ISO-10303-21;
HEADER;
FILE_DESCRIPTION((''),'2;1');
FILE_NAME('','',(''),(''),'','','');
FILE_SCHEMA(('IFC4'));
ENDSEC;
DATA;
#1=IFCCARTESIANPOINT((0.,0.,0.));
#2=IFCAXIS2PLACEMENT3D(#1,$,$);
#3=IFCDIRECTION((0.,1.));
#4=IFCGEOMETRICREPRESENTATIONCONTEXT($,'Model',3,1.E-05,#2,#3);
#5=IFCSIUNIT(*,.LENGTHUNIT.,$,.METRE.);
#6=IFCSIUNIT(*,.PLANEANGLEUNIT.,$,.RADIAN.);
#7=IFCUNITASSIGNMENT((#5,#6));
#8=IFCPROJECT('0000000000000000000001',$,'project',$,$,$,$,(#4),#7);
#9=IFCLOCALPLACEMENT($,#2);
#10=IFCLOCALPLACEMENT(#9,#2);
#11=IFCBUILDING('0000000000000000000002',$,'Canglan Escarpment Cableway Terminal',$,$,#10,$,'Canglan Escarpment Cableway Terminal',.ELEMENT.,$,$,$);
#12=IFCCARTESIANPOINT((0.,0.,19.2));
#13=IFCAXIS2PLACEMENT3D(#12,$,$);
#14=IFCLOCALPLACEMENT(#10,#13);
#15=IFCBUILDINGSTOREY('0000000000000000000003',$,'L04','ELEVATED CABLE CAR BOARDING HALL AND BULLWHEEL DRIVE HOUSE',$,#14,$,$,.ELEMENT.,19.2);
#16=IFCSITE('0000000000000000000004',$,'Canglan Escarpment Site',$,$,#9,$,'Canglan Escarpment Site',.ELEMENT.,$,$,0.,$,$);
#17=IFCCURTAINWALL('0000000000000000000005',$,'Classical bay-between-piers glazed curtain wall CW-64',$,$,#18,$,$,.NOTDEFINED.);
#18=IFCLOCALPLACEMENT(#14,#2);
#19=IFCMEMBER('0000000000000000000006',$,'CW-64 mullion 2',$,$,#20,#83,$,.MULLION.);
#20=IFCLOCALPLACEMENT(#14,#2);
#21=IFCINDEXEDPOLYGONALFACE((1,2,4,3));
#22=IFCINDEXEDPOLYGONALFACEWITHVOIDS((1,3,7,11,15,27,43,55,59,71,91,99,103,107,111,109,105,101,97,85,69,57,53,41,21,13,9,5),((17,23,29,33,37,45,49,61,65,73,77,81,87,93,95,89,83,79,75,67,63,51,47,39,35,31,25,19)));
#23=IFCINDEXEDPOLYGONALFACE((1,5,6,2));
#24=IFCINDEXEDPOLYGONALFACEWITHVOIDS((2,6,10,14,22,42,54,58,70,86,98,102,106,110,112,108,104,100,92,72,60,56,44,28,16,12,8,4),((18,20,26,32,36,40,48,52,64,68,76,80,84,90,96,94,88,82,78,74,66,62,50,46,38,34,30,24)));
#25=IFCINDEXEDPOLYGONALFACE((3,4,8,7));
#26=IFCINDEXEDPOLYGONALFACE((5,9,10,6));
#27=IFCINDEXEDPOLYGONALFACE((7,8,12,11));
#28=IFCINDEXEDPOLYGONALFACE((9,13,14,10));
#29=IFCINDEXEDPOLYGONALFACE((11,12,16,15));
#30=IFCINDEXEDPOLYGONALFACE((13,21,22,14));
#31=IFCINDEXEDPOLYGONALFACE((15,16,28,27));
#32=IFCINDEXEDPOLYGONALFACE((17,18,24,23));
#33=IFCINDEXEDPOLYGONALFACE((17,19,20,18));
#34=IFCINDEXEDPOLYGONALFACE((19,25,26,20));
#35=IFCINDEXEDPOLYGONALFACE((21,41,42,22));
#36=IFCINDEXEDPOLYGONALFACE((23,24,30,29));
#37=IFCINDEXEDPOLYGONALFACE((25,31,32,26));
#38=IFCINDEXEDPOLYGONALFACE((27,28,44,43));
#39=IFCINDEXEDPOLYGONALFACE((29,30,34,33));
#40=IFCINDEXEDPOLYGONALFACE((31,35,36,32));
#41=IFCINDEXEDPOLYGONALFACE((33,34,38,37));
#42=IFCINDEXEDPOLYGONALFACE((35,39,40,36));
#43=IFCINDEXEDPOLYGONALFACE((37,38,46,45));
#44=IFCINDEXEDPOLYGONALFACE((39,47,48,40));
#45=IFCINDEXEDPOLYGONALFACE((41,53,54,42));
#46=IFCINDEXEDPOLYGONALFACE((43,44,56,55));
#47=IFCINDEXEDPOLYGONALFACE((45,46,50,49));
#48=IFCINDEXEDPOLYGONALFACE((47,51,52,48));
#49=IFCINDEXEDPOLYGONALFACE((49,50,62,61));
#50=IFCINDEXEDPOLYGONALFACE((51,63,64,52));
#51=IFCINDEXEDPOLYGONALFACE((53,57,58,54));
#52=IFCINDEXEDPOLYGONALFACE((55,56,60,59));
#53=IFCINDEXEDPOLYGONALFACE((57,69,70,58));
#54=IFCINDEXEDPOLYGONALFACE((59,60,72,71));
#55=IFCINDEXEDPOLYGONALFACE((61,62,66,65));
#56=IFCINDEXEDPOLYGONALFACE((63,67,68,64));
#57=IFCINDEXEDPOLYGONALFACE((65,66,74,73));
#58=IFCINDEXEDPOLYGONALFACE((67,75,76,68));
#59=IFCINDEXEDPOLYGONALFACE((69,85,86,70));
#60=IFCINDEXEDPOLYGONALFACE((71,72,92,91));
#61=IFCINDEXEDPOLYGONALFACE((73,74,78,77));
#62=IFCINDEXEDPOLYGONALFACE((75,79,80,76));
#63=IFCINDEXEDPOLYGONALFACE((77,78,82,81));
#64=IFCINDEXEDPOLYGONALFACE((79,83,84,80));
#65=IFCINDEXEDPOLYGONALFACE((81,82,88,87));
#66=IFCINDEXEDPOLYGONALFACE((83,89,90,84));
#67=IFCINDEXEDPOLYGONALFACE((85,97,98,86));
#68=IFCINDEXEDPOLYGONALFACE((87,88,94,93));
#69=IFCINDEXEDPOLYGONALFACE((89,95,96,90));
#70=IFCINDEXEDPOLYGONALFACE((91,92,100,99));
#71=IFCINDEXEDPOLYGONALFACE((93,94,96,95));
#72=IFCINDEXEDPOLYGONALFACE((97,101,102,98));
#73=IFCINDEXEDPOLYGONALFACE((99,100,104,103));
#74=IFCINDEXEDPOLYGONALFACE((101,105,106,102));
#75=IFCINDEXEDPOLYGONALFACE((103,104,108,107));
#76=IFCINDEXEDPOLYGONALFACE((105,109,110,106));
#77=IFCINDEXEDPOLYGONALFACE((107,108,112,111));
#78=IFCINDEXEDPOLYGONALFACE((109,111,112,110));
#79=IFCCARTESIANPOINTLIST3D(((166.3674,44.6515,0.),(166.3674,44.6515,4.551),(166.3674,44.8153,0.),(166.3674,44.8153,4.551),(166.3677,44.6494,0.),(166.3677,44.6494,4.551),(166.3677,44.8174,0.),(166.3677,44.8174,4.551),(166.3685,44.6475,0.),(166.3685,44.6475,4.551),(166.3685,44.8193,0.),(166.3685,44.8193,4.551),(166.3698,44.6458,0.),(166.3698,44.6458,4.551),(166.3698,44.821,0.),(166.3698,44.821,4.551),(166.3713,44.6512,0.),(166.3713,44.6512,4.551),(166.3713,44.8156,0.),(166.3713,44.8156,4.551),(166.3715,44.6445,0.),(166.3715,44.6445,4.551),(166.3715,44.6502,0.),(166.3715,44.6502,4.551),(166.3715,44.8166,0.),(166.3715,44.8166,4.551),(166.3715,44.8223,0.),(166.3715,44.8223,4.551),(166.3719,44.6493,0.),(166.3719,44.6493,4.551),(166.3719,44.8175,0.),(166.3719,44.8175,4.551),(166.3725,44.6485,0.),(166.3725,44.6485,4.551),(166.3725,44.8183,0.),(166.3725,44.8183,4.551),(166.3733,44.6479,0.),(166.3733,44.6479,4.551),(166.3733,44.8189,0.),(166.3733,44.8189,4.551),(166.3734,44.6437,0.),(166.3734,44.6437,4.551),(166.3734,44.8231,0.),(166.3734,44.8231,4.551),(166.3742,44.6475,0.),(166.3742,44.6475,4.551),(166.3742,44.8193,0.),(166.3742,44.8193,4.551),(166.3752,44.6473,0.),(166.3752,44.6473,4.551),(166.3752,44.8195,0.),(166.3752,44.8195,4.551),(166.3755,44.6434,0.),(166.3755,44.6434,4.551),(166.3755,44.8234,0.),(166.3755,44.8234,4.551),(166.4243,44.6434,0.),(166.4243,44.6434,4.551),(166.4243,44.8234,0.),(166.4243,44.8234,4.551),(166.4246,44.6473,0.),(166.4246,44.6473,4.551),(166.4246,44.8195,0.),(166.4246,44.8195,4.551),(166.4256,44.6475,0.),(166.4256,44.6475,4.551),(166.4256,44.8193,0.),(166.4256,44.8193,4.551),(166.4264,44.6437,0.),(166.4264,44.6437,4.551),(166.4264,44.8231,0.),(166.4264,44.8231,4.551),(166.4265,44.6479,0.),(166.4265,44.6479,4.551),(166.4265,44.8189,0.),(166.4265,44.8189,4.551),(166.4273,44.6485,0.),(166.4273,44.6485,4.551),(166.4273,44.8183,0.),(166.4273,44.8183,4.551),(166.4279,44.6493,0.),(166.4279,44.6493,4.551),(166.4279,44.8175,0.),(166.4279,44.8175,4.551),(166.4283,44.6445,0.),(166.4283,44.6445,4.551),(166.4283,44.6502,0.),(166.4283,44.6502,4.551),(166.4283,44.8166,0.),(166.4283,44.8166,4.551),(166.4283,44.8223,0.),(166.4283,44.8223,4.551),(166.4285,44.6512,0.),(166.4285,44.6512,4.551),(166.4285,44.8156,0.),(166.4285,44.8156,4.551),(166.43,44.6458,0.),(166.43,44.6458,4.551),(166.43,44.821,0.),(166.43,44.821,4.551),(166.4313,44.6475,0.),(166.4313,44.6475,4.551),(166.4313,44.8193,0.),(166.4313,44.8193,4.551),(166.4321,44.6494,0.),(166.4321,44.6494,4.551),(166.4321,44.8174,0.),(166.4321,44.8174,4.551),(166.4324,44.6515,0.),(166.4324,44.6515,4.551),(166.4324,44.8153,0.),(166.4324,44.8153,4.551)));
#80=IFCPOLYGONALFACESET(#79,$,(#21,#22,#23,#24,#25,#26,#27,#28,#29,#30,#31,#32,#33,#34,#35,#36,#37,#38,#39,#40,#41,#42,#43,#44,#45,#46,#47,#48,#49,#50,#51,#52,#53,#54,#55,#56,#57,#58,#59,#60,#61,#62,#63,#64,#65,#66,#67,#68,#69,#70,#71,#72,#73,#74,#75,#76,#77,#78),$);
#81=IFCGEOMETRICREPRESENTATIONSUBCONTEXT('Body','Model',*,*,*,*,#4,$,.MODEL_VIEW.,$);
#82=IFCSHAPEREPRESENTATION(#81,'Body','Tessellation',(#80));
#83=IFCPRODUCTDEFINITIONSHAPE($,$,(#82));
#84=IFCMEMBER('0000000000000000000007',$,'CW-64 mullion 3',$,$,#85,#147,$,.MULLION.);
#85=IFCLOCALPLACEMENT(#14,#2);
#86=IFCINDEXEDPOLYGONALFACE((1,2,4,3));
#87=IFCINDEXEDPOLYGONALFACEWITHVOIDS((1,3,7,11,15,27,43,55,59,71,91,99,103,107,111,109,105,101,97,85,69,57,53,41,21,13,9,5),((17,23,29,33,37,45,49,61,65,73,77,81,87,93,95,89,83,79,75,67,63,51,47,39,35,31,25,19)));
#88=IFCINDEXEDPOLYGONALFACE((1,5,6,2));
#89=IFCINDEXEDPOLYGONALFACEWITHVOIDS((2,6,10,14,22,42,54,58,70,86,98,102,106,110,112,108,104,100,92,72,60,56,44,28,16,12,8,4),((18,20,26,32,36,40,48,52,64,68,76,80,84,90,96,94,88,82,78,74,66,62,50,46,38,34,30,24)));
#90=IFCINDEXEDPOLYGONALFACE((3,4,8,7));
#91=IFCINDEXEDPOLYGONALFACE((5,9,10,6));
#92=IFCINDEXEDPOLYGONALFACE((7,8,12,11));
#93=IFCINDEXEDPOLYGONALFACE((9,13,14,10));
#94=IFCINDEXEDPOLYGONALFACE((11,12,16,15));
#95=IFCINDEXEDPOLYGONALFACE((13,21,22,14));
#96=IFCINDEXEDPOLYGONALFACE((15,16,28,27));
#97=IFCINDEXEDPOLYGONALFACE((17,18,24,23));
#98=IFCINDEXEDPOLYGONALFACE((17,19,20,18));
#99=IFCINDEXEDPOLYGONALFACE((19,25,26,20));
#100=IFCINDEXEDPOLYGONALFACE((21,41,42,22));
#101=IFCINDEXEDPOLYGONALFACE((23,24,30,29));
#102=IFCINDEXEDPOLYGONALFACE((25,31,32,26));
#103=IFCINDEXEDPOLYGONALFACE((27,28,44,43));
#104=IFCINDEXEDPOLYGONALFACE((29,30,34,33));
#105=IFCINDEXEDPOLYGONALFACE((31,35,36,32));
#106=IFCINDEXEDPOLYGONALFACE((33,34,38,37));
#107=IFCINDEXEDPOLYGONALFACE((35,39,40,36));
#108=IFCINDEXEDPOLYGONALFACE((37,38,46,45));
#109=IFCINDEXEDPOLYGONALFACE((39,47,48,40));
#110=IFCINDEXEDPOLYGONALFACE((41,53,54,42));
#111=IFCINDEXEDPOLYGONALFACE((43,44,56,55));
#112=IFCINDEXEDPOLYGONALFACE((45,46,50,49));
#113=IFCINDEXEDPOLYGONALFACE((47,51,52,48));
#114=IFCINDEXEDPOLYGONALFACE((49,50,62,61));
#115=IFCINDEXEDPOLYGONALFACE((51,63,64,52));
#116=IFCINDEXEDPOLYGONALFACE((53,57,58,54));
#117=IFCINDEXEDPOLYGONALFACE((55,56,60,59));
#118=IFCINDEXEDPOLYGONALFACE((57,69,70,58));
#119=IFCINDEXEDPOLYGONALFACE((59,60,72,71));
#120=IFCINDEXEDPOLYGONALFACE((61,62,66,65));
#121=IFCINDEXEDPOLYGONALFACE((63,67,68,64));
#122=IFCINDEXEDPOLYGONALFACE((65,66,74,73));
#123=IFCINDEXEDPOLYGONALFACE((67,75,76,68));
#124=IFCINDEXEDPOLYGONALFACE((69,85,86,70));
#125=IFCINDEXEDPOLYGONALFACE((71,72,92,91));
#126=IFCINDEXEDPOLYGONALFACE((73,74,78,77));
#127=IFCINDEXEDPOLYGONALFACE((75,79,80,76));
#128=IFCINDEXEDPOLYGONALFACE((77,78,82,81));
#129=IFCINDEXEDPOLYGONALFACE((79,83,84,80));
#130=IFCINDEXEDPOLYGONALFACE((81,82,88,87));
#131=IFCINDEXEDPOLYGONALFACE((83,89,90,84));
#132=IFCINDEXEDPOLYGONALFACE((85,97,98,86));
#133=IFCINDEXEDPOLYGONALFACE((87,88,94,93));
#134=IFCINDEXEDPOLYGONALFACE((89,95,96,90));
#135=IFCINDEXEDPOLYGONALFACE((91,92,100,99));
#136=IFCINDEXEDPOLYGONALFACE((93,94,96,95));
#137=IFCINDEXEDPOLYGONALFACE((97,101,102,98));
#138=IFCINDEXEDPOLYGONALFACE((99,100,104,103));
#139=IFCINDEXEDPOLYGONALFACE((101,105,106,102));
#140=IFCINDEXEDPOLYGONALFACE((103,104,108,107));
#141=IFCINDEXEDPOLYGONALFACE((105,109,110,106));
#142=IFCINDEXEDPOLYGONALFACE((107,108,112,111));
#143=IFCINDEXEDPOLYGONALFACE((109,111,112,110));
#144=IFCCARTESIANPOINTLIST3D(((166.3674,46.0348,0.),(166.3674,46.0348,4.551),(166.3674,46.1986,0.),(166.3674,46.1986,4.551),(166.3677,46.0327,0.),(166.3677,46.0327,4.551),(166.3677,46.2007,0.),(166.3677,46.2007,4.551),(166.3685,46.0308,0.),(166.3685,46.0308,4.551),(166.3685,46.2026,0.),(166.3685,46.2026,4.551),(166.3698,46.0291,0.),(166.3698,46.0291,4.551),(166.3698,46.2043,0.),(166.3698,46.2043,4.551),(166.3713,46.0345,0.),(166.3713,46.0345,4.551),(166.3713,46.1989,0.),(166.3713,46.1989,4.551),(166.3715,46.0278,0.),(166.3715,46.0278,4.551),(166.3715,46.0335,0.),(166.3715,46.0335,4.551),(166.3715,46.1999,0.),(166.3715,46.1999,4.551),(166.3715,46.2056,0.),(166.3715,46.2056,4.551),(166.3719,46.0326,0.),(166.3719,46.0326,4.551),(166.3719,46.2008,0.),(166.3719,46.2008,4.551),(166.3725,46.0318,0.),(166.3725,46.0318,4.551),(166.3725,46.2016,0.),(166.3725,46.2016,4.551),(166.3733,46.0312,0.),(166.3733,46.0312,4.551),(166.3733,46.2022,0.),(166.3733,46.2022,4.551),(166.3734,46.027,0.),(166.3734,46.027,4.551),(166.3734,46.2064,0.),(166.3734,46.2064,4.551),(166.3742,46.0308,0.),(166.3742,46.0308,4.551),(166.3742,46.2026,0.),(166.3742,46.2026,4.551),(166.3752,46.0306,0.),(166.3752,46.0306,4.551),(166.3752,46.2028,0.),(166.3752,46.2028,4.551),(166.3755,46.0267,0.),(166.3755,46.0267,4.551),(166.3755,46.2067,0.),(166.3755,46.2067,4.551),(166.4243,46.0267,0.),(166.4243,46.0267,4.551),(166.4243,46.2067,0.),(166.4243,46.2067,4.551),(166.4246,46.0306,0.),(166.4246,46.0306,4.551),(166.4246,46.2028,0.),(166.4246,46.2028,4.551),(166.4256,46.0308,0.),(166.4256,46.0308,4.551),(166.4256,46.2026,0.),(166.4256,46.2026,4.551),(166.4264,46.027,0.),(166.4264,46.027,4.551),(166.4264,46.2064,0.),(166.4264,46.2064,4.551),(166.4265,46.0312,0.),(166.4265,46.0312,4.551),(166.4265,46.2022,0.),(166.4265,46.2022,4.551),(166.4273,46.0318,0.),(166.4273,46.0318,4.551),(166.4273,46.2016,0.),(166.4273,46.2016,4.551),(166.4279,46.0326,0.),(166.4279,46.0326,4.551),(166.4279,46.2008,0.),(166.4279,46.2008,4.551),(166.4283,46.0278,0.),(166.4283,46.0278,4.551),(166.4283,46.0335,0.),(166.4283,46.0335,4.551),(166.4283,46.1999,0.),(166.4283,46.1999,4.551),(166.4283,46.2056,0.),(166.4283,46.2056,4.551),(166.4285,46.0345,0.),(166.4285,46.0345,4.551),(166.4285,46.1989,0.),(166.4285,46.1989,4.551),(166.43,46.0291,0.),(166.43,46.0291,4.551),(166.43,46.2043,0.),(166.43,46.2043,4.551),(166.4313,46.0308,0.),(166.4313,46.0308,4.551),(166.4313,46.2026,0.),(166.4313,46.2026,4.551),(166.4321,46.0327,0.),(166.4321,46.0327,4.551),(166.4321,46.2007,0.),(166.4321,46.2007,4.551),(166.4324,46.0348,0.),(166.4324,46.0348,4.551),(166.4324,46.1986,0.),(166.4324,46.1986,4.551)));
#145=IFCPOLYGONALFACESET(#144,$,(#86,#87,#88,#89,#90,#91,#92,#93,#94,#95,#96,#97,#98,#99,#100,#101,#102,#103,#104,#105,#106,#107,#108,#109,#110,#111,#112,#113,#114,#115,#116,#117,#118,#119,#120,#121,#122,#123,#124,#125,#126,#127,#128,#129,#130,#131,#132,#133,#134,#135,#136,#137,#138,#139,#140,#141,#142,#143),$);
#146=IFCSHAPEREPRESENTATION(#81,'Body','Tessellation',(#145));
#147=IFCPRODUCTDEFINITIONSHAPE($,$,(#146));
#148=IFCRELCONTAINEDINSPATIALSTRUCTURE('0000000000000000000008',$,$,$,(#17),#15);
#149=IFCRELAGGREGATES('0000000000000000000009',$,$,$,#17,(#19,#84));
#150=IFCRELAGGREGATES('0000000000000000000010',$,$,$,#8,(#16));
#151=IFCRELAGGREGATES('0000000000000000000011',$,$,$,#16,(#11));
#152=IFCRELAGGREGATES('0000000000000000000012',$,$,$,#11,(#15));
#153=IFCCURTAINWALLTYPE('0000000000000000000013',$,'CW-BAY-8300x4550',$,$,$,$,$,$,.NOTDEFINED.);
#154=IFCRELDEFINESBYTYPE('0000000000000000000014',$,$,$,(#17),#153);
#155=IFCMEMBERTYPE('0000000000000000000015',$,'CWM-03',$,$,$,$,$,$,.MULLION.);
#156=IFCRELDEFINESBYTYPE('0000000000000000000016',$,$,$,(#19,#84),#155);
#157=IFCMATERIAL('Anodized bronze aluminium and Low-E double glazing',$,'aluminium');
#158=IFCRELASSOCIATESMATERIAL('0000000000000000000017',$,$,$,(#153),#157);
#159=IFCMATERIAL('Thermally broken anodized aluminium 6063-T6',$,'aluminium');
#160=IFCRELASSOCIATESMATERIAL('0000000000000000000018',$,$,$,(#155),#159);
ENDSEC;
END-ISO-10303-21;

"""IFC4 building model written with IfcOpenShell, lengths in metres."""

from ifc_helpers import new_model, si_unit, direction, frame, origin, origin_2d, place, context, subcontext, project, spatial, hollow_rectangle, extrude, material, material_profile, profile_set, type_object, element, aggregate, save


model = new_model("IFC4")

# Units and contexts
model_context = context("Model", 3, precision=1e-05, world=origin(), true_north=direction((0.0, 1.0)))
body_context = subcontext(model_context, "Body", "Model", "MODEL_VIEW")
ifc_project = project(units=[si_unit("LENGTHUNIT", "METRE"), si_unit("PLANEANGLEUNIT", "RADIAN")], contexts=[model_context])

# Site, building, storey
site_placement = place(None, origin())
site = spatial("IfcSite", under=ifc_project, at=site_placement, Name="Canglan Escarpment Site", LongName="Canglan Escarpment Site", CompositionType="ELEMENT", RefElevation=0.0)
building_placement = place(site_placement, origin())
building = spatial("IfcBuilding", under=site, at=building_placement, Name="Canglan Escarpment Cableway Terminal", LongName="Canglan Escarpment Cableway Terminal", CompositionType="ELEMENT")
storey_placement = place(building_placement, frame((0.0, 0.0, 19.2)))
storey = spatial("IfcBuildingStorey", under=building, at=storey_placement, Name="L04", Description="ELEVATED CABLE CAR BOARDING HALL AND BULLWHEEL DRIVE HOUSE", CompositionType="ELEMENT", Elevation=19.2)

# Curtain wall, members
ifc_material_1 = material(Name="Anodized bronze aluminium and Low-E double glazing", Category="aluminium")
curtain_wall_type = type_object("IfcCurtainWallType", Name="CW-BAY-8300x4550", PredefinedType="NOTDEFINED", material=ifc_material_1)
curtain_wall_placement = place(storey_placement, origin())
curtain_wall = element("IfcCurtainWall", 1, at=curtain_wall_placement, inside=storey, type_object=curtain_wall_type, Name="Classical bay-between-piers glazed curtain wall CW-64", PredefinedType="NOTDEFINED")
ifc_material_2 = material(Name="Thermally broken anodized aluminium 6063-T6", Category="aluminium")
ifc_material_profile_1 = material_profile(ifc_material_2, hollow_rectangle(XDim=0.0649, YDim=0.1799, WallThickness=0.0039, InnerFilletRadius=0.0039, OuterFilletRadius=0.0081, at=origin_2d()), Name="ALU-MULL 65x180x4")
ifc_profile_set_1 = profile_set([ifc_material_profile_1], Name="Thermally broken anodized aluminium 6063-T6")
member_type_1 = type_object("IfcMemberType", Name="CWM-03", PredefinedType="MULLION", material=ifc_profile_set_1)
member_1_placement = place(storey_placement, frame((166.3999, 44.7334, 0.0), z_axis=(0.0, 0.0, 1.0), x_axis=(-1.0, 0.0, 0.0)))
member_1 = element("IfcMember", 2, at=member_1_placement, type_object=member_type_1, Name="CW-64 mullion 2", PredefinedType="MULLION", context=body_context, shape_type="SweptSolid", body=[
    extrude(hollow_rectangle(XDim=0.0649, YDim=0.1799, WallThickness=0.0039, InnerFilletRadius=0.0039, OuterFilletRadius=0.0081, at=origin_2d()), origin(), (0.0, 0.0, 1.0), 4.551),
])
member_2_placement = place(storey_placement, frame((166.3999, 46.1167, 0.0), z_axis=(0.0, 0.0, 1.0), x_axis=(-1.0, 0.0, 0.0)))
member_2 = element("IfcMember", 3, at=member_2_placement, type_object=member_type_1, Name="CW-64 mullion 3", PredefinedType="MULLION", context=body_context, shape_type="SweptSolid", body=[
    extrude(hollow_rectangle(XDim=0.0649, YDim=0.1799, WallThickness=0.0039, InnerFilletRadius=0.0039, OuterFilletRadius=0.0081, at=origin_2d()), origin(), (0.0, 0.0, 1.0), 4.551),
])
aggregate(curtain_wall, [member_1, member_2])

save(model, "model.ifc")
